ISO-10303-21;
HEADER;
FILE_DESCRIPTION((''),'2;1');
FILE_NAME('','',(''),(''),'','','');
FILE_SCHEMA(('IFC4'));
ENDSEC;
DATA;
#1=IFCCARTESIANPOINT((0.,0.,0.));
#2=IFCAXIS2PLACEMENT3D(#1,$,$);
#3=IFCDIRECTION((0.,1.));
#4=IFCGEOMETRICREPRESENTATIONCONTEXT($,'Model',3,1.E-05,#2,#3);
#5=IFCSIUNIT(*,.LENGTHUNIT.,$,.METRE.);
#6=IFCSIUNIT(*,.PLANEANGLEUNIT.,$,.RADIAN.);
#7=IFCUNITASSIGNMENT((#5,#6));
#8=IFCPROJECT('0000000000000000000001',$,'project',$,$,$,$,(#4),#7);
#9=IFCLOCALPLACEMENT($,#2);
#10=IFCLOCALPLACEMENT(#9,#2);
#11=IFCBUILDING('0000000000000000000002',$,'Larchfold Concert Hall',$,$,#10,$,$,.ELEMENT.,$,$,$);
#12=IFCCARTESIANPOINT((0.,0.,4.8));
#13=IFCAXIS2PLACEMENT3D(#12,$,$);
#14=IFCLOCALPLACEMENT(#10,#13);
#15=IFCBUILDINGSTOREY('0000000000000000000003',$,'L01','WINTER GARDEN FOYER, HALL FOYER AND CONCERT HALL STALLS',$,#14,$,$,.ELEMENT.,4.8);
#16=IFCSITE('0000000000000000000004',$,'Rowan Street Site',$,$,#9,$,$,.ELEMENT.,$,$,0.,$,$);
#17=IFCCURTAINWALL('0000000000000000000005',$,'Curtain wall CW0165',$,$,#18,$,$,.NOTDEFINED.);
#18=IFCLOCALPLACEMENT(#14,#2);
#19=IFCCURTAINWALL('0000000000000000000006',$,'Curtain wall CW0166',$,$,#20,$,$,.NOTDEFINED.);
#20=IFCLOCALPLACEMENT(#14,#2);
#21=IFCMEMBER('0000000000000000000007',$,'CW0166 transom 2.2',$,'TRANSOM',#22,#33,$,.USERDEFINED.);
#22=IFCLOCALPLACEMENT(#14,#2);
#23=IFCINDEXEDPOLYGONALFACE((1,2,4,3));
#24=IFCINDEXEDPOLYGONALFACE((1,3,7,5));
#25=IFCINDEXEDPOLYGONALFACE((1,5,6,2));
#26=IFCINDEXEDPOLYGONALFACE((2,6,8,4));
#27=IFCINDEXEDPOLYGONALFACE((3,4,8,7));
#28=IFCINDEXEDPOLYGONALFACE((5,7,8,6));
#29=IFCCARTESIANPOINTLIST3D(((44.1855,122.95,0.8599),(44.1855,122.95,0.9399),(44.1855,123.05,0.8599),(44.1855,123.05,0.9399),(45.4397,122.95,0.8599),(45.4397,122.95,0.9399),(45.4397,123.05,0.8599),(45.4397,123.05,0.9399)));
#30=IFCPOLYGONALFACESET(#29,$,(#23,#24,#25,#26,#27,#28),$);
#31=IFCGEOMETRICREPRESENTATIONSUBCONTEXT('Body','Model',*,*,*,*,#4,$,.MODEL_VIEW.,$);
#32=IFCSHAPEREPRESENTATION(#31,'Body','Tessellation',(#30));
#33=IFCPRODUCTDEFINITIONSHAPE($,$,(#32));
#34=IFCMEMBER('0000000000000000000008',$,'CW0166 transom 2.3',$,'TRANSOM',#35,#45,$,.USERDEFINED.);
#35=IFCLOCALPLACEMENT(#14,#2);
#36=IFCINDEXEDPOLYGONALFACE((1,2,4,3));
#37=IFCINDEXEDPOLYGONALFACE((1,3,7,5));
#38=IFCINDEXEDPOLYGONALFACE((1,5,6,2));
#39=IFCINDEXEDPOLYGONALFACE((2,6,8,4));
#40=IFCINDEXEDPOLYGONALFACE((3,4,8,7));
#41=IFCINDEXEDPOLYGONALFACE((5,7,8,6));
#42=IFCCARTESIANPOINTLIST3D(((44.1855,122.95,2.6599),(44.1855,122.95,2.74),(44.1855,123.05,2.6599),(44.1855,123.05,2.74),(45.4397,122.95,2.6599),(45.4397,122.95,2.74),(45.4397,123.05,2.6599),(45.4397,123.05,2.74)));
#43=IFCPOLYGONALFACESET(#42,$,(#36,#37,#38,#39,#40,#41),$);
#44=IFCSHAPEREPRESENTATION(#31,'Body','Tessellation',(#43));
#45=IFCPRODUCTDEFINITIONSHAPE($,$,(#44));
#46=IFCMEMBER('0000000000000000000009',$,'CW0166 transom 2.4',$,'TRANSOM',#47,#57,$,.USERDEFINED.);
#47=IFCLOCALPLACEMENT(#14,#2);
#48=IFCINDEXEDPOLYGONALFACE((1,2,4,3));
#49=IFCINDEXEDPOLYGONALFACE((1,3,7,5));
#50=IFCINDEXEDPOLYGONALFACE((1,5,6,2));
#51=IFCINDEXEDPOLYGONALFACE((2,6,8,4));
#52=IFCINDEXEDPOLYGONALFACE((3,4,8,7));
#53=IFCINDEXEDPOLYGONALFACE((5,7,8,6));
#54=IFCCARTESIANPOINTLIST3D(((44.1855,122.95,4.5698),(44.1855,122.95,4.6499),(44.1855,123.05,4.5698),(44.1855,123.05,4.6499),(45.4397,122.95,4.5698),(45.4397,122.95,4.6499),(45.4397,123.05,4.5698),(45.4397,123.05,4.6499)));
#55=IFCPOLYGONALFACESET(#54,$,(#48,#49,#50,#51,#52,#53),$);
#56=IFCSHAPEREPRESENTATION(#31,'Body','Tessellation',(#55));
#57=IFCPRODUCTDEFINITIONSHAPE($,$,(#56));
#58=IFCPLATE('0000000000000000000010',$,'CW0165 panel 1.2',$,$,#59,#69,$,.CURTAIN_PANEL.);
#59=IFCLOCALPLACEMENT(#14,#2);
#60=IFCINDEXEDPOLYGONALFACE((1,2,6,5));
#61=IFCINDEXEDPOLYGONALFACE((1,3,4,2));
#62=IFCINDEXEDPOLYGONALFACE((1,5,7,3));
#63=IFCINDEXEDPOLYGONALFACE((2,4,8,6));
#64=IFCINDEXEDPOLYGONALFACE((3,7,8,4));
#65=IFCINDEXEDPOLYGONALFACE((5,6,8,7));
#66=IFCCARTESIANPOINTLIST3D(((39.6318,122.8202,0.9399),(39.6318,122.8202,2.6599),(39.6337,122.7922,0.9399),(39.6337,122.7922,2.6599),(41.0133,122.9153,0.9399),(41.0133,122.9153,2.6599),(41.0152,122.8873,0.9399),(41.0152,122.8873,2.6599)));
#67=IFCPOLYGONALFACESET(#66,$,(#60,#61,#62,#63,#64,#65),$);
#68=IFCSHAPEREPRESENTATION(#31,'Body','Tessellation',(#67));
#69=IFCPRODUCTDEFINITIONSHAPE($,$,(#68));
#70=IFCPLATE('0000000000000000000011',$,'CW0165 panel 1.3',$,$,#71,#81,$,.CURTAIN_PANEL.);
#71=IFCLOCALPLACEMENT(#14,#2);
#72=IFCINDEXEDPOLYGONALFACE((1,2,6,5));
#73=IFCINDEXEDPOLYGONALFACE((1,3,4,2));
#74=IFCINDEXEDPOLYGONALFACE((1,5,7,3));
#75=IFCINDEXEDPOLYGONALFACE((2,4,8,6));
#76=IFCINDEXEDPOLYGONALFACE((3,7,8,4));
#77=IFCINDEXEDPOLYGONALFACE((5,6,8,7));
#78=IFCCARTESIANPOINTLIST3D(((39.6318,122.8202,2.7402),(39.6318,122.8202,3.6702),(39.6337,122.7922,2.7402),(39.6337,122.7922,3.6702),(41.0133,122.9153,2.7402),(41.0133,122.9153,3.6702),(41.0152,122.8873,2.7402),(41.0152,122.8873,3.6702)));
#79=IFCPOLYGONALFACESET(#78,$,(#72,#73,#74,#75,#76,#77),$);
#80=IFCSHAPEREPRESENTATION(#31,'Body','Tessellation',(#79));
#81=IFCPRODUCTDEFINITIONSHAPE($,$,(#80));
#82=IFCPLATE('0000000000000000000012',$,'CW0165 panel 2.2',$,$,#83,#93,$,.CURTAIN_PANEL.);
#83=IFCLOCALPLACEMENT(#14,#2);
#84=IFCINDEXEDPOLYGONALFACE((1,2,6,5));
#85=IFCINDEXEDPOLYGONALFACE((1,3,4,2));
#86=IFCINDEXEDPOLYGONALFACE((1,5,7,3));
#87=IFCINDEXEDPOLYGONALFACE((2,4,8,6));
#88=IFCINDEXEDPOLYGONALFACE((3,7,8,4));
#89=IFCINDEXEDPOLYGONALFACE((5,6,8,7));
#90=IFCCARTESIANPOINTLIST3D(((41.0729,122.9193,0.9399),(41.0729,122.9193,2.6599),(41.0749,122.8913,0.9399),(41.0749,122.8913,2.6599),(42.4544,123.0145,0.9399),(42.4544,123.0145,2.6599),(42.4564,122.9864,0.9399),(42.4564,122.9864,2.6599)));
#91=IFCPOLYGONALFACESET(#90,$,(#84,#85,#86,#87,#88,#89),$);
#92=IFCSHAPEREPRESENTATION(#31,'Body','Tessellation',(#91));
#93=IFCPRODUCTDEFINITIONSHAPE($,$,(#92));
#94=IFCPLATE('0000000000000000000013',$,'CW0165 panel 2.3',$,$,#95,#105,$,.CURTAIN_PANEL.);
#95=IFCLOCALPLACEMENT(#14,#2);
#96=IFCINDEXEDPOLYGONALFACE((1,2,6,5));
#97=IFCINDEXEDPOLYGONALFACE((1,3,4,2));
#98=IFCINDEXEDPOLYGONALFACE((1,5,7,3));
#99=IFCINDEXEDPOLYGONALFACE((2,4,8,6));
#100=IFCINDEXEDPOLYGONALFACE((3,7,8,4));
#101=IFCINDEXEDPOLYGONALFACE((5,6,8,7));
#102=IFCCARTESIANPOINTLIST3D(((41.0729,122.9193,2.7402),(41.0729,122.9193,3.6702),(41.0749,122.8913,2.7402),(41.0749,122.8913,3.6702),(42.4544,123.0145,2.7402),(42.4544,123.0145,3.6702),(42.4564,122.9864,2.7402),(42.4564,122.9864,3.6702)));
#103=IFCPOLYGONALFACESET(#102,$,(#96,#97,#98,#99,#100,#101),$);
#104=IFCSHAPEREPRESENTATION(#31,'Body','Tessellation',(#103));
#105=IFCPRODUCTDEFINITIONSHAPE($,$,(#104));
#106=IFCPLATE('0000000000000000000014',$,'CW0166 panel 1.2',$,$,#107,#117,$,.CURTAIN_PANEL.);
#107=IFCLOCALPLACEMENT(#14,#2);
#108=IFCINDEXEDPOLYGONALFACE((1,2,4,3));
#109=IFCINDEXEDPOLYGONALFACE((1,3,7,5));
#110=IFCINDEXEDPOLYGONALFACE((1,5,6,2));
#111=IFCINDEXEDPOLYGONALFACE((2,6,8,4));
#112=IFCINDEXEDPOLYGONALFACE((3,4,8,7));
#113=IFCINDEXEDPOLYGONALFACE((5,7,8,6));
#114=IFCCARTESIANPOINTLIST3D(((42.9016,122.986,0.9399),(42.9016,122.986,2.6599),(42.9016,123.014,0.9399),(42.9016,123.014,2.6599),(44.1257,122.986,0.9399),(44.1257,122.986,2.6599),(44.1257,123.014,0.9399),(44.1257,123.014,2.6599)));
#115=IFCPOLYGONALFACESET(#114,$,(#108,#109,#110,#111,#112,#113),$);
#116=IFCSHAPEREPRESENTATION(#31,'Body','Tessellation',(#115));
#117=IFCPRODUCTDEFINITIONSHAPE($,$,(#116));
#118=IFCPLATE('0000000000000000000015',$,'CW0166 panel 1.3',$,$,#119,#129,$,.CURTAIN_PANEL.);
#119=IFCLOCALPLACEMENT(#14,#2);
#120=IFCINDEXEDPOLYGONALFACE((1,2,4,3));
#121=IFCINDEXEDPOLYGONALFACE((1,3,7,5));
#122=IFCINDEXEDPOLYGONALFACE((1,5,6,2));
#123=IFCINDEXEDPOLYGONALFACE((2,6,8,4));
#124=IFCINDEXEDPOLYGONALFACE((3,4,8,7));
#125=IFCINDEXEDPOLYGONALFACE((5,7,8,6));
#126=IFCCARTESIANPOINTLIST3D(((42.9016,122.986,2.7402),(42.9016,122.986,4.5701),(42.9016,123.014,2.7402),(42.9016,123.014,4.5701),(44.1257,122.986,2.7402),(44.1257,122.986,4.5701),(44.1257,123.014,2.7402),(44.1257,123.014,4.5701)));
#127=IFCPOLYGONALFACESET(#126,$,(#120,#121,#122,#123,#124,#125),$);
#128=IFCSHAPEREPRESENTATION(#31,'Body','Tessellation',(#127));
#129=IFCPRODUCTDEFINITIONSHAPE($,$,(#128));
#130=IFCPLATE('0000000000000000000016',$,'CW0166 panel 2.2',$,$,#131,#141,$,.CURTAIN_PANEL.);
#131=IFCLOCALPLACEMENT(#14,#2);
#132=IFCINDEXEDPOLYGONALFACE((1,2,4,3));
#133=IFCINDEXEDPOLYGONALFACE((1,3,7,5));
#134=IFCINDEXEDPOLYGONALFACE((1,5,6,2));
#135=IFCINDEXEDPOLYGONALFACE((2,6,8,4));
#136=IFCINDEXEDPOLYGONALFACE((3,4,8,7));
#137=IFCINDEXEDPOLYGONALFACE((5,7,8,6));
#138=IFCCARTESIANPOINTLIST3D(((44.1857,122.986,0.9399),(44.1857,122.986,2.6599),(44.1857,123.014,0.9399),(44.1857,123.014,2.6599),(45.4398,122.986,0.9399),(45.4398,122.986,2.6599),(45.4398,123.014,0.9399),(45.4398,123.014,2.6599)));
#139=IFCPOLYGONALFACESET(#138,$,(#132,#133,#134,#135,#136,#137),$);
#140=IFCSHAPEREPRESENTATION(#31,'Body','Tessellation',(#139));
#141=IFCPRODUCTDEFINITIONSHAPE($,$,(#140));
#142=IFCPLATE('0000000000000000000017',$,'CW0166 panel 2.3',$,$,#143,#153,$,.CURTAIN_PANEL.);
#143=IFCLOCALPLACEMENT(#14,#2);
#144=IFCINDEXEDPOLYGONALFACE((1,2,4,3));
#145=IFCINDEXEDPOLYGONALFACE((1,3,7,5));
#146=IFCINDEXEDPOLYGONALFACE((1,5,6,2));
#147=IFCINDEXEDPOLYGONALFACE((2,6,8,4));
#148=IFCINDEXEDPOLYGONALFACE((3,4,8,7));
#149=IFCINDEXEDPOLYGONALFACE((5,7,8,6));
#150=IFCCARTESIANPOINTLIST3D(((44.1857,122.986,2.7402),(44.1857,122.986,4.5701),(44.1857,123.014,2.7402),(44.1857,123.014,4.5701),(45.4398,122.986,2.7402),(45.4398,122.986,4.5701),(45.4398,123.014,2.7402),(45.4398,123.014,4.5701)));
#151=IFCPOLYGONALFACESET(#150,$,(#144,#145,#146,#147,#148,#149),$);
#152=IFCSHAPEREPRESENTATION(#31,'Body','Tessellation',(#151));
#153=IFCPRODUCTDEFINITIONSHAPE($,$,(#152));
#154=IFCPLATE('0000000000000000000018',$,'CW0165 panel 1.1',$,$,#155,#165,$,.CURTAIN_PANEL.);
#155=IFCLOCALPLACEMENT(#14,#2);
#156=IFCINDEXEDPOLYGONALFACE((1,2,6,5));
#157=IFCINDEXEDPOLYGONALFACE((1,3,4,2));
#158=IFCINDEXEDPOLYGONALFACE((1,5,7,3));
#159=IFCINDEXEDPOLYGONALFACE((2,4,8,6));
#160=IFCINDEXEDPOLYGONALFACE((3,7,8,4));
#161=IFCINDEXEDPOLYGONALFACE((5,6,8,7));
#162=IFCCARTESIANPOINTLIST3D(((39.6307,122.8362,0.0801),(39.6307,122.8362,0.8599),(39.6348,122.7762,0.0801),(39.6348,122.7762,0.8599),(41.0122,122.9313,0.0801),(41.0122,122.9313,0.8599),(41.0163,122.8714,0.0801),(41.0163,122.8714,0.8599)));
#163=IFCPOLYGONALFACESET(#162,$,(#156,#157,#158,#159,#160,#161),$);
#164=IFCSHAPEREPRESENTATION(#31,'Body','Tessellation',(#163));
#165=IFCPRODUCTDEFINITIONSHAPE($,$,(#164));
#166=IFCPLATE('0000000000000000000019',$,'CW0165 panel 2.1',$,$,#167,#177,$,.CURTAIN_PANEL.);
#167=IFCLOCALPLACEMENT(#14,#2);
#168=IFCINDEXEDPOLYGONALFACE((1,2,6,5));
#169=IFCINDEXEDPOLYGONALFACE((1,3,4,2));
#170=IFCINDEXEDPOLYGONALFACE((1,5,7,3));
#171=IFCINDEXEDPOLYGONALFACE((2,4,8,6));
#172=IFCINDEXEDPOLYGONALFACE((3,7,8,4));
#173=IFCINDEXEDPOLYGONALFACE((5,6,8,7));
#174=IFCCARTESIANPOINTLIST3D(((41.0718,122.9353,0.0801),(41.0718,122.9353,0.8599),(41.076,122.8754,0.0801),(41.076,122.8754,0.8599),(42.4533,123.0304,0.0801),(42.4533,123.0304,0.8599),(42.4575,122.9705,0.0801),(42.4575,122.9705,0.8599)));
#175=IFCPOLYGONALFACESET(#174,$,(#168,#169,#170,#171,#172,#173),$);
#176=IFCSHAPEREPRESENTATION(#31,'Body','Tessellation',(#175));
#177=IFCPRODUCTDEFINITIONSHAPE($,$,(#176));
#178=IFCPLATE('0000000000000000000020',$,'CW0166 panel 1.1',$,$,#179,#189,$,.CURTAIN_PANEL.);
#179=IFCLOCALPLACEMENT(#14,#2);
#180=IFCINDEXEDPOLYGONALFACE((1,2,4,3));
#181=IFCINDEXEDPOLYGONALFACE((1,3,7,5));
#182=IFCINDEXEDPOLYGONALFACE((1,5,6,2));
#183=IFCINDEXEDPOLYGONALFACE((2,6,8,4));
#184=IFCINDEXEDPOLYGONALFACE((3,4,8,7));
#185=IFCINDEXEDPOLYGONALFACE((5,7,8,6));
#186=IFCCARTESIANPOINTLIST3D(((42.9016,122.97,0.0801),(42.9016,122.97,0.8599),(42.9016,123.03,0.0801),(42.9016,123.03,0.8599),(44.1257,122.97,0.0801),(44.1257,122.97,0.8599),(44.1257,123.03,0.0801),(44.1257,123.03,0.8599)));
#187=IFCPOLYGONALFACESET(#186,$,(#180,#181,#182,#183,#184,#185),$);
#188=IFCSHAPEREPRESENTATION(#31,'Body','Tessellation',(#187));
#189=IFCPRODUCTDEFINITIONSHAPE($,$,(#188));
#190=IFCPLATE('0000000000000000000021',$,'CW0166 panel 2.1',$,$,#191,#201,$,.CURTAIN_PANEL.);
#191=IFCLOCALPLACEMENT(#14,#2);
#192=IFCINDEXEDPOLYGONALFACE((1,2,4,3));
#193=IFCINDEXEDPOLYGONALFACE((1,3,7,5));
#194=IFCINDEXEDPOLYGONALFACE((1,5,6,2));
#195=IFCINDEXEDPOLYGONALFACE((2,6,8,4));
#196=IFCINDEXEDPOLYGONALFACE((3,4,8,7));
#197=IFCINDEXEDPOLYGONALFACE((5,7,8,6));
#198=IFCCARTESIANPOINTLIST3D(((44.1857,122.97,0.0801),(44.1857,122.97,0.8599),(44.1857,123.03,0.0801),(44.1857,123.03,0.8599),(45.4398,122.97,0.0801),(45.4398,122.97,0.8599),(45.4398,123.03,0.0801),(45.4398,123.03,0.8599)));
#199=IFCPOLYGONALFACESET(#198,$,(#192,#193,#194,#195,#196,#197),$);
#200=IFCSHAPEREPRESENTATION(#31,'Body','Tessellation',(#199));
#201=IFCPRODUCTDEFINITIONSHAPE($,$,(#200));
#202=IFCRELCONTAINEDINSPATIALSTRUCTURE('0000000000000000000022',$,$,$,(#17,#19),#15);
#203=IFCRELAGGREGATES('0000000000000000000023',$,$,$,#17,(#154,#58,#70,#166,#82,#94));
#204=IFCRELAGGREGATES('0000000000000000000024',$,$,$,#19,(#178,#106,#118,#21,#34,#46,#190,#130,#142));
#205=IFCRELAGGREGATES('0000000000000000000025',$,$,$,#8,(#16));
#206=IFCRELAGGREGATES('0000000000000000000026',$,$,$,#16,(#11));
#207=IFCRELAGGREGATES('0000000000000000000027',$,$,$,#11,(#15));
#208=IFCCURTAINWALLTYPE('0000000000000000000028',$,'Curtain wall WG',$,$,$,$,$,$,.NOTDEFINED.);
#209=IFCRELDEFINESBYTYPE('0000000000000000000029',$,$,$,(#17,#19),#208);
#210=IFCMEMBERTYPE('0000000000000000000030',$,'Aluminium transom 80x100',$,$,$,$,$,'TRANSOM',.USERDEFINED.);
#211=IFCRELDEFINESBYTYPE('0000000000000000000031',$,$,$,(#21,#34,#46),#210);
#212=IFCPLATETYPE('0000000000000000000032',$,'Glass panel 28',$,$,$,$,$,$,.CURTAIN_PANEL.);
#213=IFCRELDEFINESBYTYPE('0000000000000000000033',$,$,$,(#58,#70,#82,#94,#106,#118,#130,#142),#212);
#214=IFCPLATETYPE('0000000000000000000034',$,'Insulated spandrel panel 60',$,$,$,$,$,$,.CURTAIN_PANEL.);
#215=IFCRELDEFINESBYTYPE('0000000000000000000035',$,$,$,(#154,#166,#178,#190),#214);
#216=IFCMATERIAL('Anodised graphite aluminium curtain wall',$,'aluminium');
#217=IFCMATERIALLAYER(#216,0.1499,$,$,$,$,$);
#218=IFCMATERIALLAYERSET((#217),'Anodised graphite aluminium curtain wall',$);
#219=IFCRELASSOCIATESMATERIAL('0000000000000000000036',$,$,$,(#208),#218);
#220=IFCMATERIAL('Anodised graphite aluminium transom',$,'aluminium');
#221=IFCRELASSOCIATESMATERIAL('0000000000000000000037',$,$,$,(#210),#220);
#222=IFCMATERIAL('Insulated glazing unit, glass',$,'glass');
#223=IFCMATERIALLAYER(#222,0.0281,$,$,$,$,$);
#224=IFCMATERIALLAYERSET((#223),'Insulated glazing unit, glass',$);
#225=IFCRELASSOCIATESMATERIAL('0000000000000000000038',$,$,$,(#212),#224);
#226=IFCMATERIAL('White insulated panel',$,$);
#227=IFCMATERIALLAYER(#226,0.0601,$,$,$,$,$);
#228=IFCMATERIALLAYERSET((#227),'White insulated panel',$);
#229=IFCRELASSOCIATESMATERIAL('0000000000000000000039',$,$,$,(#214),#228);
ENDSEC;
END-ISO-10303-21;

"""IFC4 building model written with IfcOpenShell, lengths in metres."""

from ifc_helpers import new_model, si_unit, direction, frame, origin, origin_2d, place, context, subcontext, project, spatial, rectangle, extrude, material, layer, layer_set, material_profile, profile_set, type_object, element, aggregate, save


model = new_model("IFC4")

# Units and contexts
model_context = context("Model", 3, precision=1e-05, world=origin(), true_north=direction((0.0, 1.0)))
body_context = subcontext(model_context, "Body", "Model", "MODEL_VIEW")
ifc_project = project(units=[si_unit("LENGTHUNIT", "METRE"), si_unit("PLANEANGLEUNIT", "RADIAN")], contexts=[model_context])

# Site, building, storey
site_placement = place(None, origin())
site = spatial("IfcSite", under=ifc_project, at=site_placement, Name="Rowan Street Site", CompositionType="ELEMENT", RefElevation=0.0)
building_placement = place(site_placement, origin())
building = spatial("IfcBuilding", under=site, at=building_placement, Name="Larchfold Concert Hall", CompositionType="ELEMENT")
storey_placement = place(building_placement, frame((0.0, 0.0, 4.8)))
storey = spatial("IfcBuildingStorey", under=building, at=storey_placement, Name="L01", Description="WINTER GARDEN FOYER, HALL FOYER AND CONCERT HALL STALLS", CompositionType="ELEMENT", Elevation=4.8)

# Curtain wall
ifc_material_1 = material(Name="Anodised graphite aluminium curtain wall", Category="aluminium")
ifc_layer_1 = layer(ifc_material_1, 0.1499)
ifc_layer_set_1 = layer_set([ifc_layer_1], Name="Anodised graphite aluminium curtain wall")
curtain_wall_type = type_object("IfcCurtainWallType", Name="Curtain wall WG", PredefinedType="NOTDEFINED", material=ifc_layer_set_1)
curtain_wall_1_placement = place(storey_placement, origin())
curtain_wall_1 = element("IfcCurtainWall", 1, at=curtain_wall_1_placement, inside=storey, type_object=curtain_wall_type, Name="Curtain wall CW0165", PredefinedType="NOTDEFINED")

# Curtain wall
curtain_wall_2_placement = place(storey_placement, origin())
curtain_wall_2 = element("IfcCurtainWall", 2, at=curtain_wall_2_placement, inside=storey, type_object=curtain_wall_type, Name="Curtain wall CW0166", PredefinedType="NOTDEFINED")

# Members
ifc_material_2 = material(Name="Anodised graphite aluminium transom", Category="aluminium")
ifc_material_profile_1 = material_profile(ifc_material_2, rectangle(XDim=0.1001, YDim=0.0801, at=origin_2d()))
ifc_profile_set_1 = profile_set([ifc_material_profile_1], Name="Anodised graphite aluminium transom")
member_type_1 = type_object("IfcMemberType", Name="Aluminium transom 80x100", ElementType="TRANSOM", PredefinedType="USERDEFINED", material=ifc_profile_set_1)
member_1_placement = place(storey_placement, frame((44.1855, 123.0, 0.8999), z_axis=(1.0, 0.0, 0.0), x_axis=(0.0, 1.0, 0.0)))
member_1 = element("IfcMember", 3, at=member_1_placement, type_object=member_type_1, Name="CW0166 transom 2.2", ObjectType="TRANSOM", PredefinedType="USERDEFINED", context=body_context, shape_type="SweptSolid", body=[
    extrude(rectangle(XDim=0.1001, YDim=0.0801, at=origin_2d()), origin(), (0.0, 0.0, 1.0), 1.2542),
])
member_2_placement = place(storey_placement, frame((44.1855, 123.0, 2.7), z_axis=(1.0, 0.0, 0.0), x_axis=(0.0, 1.0, 0.0)))
member_2 = element("IfcMember", 4, at=member_2_placement, type_object=member_type_1, Name="CW0166 transom 2.3", ObjectType="TRANSOM", PredefinedType="USERDEFINED", context=body_context, shape_type="SweptSolid", body=[
    extrude(rectangle(XDim=0.1001, YDim=0.0801, at=origin_2d()), origin(), (0.0, 0.0, 1.0), 1.2542),
])
member_3_placement = place(storey_placement, frame((44.1855, 123.0, 4.6099), z_axis=(1.0, 0.0, 0.0), x_axis=(0.0, 1.0, 0.0)))
member_3 = element("IfcMember", 5, at=member_3_placement, type_object=member_type_1, Name="CW0166 transom 2.4", ObjectType="TRANSOM", PredefinedType="USERDEFINED", context=body_context, shape_type="SweptSolid", body=[
    extrude(rectangle(XDim=0.1001, YDim=0.0801, at=origin_2d()), origin(), (0.0, 0.0, 1.0), 1.2542),
])

# Plates
ifc_material_3 = material(Name="Insulated glazing unit, glass", Category="glass")
ifc_layer_2 = layer(ifc_material_3, 0.0281)
ifc_layer_set_2 = layer_set([ifc_layer_2], Name="Insulated glazing unit, glass")
plate_type_1 = type_object("IfcPlateType", Name="Glass panel 28", PredefinedType="CURTAIN_PANEL", material=ifc_layer_set_2)
plate_1_placement = place(storey_placement, frame((40.3235, 122.8538, 0.9399), z_axis=(0.0, 0.0, 1.0), x_axis=(0.997637, 0.0687, 0.0)))
plate_1 = element("IfcPlate", 6, at=plate_1_placement, type_object=plate_type_1, Name="CW0165 panel 1.2", PredefinedType="CURTAIN_PANEL", context=body_context, shape_type="SweptSolid", body=[
    extrude(rectangle(XDim=1.3848, YDim=0.0281, at=origin_2d()), origin(), (0.0, 0.0, 1.0), 1.72),
])
plate_2_placement = place(storey_placement, frame((40.3235, 122.8538, 2.7402), z_axis=(0.0, 0.0, 1.0), x_axis=(0.997637, 0.0687, 0.0)))
plate_2 = element("IfcPlate", 7, at=plate_2_placement, type_object=plate_type_1, Name="CW0165 panel 1.3", PredefinedType="CURTAIN_PANEL", context=body_context, shape_type="SweptSolid", body=[
    extrude(rectangle(XDim=1.3848, YDim=0.0281, at=origin_2d()), origin(), (0.0, 0.0, 1.0), 0.9299),
])
plate_3_placement = place(storey_placement, frame((41.7646, 122.9529, 0.9399), z_axis=(0.0, 0.0, 1.0), x_axis=(0.997637, 0.0687, 0.0)))
plate_3 = element("IfcPlate", 8, at=plate_3_placement, type_object=plate_type_1, Name="CW0165 panel 2.2", PredefinedType="CURTAIN_PANEL", context=body_context, shape_type="SweptSolid", body=[
    extrude(rectangle(XDim=1.3848, YDim=0.0281, at=origin_2d()), origin(), (0.0, 0.0, 1.0), 1.72),
])
plate_4_placement = place(storey_placement, frame((41.7646, 122.9529, 2.7402), z_axis=(0.0, 0.0, 1.0), x_axis=(0.997637, 0.0687, 0.0)))
plate_4 = element("IfcPlate", 9, at=plate_4_placement, type_object=plate_type_1, Name="CW0165 panel 2.3", PredefinedType="CURTAIN_PANEL", context=body_context, shape_type="SweptSolid", body=[
    extrude(rectangle(XDim=1.3848, YDim=0.0281, at=origin_2d()), origin(), (0.0, 0.0, 1.0), 0.9299),
])
plate_5_placement = place(storey_placement, frame((43.5137, 123.0, 0.9399), z_axis=(0.0, 0.0, 1.0), x_axis=(1.0, 0.0, 0.0)))
plate_5 = element("IfcPlate", 10, at=plate_5_placement, type_object=plate_type_1, Name="CW0166 panel 1.2", PredefinedType="CURTAIN_PANEL", context=body_context, shape_type="SweptSolid", body=[
    extrude(rectangle(XDim=1.2241, YDim=0.0281, at=origin_2d()), origin(), (0.0, 0.0, 1.0), 1.72),
])
plate_6_placement = place(storey_placement, frame((43.5137, 123.0, 2.7402), z_axis=(0.0, 0.0, 1.0), x_axis=(1.0, 0.0, 0.0)))
plate_6 = element("IfcPlate", 11, at=plate_6_placement, type_object=plate_type_1, Name="CW0166 panel 1.3", PredefinedType="CURTAIN_PANEL", context=body_context, shape_type="SweptSolid", body=[
    extrude(rectangle(XDim=1.2241, YDim=0.0281, at=origin_2d()), origin(), (0.0, 0.0, 1.0), 1.8298),
])
plate_7_placement = place(storey_placement, frame((44.8127, 123.0, 0.9399), z_axis=(0.0, 0.0, 1.0), x_axis=(1.0, 0.0, 0.0)))
plate_7 = element("IfcPlate", 12, at=plate_7_placement, type_object=plate_type_1, Name="CW0166 panel 2.2", PredefinedType="CURTAIN_PANEL", context=body_context, shape_type="SweptSolid", body=[
    extrude(rectangle(XDim=1.2542, YDim=0.0281, at=origin_2d()), origin(), (0.0, 0.0, 1.0), 1.72),
])
plate_8_placement = place(storey_placement, frame((44.8127, 123.0, 2.7402), z_axis=(0.0, 0.0, 1.0), x_axis=(1.0, 0.0, 0.0)))
plate_8 = element("IfcPlate", 13, at=plate_8_placement, type_object=plate_type_1, Name="CW0166 panel 2.3", PredefinedType="CURTAIN_PANEL", context=body_context, shape_type="SweptSolid", body=[
    extrude(rectangle(XDim=1.2542, YDim=0.0281, at=origin_2d()), origin(), (0.0, 0.0, 1.0), 1.8298),
])
ifc_material_4 = material(Name="White insulated panel")
ifc_layer_3 = layer(ifc_material_4, 0.0601)
ifc_layer_set_3 = layer_set([ifc_layer_3], Name="White insulated panel")
plate_type_2 = type_object("IfcPlateType", Name="Insulated spandrel panel 60", PredefinedType="CURTAIN_PANEL", material=ifc_layer_set_3)
plate_9_placement = place(storey_placement, frame((40.3235, 122.8538, 0.0801), z_axis=(0.0, 0.0, 1.0), x_axis=(0.997637, 0.0687, 0.0)))
plate_9 = element("IfcPlate", 14, at=plate_9_placement, type_object=plate_type_2, Name="CW0165 panel 1.1", PredefinedType="CURTAIN_PANEL", context=body_context, shape_type="SweptSolid", body=[
    extrude(rectangle(XDim=1.3848, YDim=0.0601, at=origin_2d()), origin(), (0.0, 0.0, 1.0), 0.7798),
])
plate_10_placement = place(storey_placement, frame((41.7646, 122.9529, 0.0801), z_axis=(0.0, 0.0, 1.0), x_axis=(0.997637, 0.0687, 0.0)))
plate_10 = element("IfcPlate", 15, at=plate_10_placement, type_object=plate_type_2, Name="CW0165 panel 2.1", PredefinedType="CURTAIN_PANEL", context=body_context, shape_type="SweptSolid", body=[
    extrude(rectangle(XDim=1.3848, YDim=0.0601, at=origin_2d()), origin(), (0.0, 0.0, 1.0), 0.7798),
])
aggregate(curtain_wall_1, [plate_9, plate_1, plate_2, plate_10, plate_3, plate_4])
plate_11_placement = place(storey_placement, frame((43.5137, 123.0, 0.0801), z_axis=(0.0, 0.0, 1.0), x_axis=(1.0, 0.0, 0.0)))
plate_11 = element("IfcPlate", 16, at=plate_11_placement, type_object=plate_type_2, Name="CW0166 panel 1.1", PredefinedType="CURTAIN_PANEL", context=body_context, shape_type="SweptSolid", body=[
    extrude(rectangle(XDim=1.2241, YDim=0.0601, at=origin_2d()), origin(), (0.0, 0.0, 1.0), 0.7798),
])
plate_12_placement = place(storey_placement, frame((44.8127, 123.0, 0.0801), z_axis=(0.0, 0.0, 1.0), x_axis=(1.0, 0.0, 0.0)))
plate_12 = element("IfcPlate", 17, at=plate_12_placement, type_object=plate_type_2, Name="CW0166 panel 2.1", PredefinedType="CURTAIN_PANEL", context=body_context, shape_type="SweptSolid", body=[
    extrude(rectangle(XDim=1.2542, YDim=0.0601, at=origin_2d()), origin(), (0.0, 0.0, 1.0), 0.7798),
])
aggregate(curtain_wall_2, [plate_11, plate_5, plate_6, member_1, member_2, member_3, plate_12, plate_7, plate_8])

save(model, "model.ifc")
